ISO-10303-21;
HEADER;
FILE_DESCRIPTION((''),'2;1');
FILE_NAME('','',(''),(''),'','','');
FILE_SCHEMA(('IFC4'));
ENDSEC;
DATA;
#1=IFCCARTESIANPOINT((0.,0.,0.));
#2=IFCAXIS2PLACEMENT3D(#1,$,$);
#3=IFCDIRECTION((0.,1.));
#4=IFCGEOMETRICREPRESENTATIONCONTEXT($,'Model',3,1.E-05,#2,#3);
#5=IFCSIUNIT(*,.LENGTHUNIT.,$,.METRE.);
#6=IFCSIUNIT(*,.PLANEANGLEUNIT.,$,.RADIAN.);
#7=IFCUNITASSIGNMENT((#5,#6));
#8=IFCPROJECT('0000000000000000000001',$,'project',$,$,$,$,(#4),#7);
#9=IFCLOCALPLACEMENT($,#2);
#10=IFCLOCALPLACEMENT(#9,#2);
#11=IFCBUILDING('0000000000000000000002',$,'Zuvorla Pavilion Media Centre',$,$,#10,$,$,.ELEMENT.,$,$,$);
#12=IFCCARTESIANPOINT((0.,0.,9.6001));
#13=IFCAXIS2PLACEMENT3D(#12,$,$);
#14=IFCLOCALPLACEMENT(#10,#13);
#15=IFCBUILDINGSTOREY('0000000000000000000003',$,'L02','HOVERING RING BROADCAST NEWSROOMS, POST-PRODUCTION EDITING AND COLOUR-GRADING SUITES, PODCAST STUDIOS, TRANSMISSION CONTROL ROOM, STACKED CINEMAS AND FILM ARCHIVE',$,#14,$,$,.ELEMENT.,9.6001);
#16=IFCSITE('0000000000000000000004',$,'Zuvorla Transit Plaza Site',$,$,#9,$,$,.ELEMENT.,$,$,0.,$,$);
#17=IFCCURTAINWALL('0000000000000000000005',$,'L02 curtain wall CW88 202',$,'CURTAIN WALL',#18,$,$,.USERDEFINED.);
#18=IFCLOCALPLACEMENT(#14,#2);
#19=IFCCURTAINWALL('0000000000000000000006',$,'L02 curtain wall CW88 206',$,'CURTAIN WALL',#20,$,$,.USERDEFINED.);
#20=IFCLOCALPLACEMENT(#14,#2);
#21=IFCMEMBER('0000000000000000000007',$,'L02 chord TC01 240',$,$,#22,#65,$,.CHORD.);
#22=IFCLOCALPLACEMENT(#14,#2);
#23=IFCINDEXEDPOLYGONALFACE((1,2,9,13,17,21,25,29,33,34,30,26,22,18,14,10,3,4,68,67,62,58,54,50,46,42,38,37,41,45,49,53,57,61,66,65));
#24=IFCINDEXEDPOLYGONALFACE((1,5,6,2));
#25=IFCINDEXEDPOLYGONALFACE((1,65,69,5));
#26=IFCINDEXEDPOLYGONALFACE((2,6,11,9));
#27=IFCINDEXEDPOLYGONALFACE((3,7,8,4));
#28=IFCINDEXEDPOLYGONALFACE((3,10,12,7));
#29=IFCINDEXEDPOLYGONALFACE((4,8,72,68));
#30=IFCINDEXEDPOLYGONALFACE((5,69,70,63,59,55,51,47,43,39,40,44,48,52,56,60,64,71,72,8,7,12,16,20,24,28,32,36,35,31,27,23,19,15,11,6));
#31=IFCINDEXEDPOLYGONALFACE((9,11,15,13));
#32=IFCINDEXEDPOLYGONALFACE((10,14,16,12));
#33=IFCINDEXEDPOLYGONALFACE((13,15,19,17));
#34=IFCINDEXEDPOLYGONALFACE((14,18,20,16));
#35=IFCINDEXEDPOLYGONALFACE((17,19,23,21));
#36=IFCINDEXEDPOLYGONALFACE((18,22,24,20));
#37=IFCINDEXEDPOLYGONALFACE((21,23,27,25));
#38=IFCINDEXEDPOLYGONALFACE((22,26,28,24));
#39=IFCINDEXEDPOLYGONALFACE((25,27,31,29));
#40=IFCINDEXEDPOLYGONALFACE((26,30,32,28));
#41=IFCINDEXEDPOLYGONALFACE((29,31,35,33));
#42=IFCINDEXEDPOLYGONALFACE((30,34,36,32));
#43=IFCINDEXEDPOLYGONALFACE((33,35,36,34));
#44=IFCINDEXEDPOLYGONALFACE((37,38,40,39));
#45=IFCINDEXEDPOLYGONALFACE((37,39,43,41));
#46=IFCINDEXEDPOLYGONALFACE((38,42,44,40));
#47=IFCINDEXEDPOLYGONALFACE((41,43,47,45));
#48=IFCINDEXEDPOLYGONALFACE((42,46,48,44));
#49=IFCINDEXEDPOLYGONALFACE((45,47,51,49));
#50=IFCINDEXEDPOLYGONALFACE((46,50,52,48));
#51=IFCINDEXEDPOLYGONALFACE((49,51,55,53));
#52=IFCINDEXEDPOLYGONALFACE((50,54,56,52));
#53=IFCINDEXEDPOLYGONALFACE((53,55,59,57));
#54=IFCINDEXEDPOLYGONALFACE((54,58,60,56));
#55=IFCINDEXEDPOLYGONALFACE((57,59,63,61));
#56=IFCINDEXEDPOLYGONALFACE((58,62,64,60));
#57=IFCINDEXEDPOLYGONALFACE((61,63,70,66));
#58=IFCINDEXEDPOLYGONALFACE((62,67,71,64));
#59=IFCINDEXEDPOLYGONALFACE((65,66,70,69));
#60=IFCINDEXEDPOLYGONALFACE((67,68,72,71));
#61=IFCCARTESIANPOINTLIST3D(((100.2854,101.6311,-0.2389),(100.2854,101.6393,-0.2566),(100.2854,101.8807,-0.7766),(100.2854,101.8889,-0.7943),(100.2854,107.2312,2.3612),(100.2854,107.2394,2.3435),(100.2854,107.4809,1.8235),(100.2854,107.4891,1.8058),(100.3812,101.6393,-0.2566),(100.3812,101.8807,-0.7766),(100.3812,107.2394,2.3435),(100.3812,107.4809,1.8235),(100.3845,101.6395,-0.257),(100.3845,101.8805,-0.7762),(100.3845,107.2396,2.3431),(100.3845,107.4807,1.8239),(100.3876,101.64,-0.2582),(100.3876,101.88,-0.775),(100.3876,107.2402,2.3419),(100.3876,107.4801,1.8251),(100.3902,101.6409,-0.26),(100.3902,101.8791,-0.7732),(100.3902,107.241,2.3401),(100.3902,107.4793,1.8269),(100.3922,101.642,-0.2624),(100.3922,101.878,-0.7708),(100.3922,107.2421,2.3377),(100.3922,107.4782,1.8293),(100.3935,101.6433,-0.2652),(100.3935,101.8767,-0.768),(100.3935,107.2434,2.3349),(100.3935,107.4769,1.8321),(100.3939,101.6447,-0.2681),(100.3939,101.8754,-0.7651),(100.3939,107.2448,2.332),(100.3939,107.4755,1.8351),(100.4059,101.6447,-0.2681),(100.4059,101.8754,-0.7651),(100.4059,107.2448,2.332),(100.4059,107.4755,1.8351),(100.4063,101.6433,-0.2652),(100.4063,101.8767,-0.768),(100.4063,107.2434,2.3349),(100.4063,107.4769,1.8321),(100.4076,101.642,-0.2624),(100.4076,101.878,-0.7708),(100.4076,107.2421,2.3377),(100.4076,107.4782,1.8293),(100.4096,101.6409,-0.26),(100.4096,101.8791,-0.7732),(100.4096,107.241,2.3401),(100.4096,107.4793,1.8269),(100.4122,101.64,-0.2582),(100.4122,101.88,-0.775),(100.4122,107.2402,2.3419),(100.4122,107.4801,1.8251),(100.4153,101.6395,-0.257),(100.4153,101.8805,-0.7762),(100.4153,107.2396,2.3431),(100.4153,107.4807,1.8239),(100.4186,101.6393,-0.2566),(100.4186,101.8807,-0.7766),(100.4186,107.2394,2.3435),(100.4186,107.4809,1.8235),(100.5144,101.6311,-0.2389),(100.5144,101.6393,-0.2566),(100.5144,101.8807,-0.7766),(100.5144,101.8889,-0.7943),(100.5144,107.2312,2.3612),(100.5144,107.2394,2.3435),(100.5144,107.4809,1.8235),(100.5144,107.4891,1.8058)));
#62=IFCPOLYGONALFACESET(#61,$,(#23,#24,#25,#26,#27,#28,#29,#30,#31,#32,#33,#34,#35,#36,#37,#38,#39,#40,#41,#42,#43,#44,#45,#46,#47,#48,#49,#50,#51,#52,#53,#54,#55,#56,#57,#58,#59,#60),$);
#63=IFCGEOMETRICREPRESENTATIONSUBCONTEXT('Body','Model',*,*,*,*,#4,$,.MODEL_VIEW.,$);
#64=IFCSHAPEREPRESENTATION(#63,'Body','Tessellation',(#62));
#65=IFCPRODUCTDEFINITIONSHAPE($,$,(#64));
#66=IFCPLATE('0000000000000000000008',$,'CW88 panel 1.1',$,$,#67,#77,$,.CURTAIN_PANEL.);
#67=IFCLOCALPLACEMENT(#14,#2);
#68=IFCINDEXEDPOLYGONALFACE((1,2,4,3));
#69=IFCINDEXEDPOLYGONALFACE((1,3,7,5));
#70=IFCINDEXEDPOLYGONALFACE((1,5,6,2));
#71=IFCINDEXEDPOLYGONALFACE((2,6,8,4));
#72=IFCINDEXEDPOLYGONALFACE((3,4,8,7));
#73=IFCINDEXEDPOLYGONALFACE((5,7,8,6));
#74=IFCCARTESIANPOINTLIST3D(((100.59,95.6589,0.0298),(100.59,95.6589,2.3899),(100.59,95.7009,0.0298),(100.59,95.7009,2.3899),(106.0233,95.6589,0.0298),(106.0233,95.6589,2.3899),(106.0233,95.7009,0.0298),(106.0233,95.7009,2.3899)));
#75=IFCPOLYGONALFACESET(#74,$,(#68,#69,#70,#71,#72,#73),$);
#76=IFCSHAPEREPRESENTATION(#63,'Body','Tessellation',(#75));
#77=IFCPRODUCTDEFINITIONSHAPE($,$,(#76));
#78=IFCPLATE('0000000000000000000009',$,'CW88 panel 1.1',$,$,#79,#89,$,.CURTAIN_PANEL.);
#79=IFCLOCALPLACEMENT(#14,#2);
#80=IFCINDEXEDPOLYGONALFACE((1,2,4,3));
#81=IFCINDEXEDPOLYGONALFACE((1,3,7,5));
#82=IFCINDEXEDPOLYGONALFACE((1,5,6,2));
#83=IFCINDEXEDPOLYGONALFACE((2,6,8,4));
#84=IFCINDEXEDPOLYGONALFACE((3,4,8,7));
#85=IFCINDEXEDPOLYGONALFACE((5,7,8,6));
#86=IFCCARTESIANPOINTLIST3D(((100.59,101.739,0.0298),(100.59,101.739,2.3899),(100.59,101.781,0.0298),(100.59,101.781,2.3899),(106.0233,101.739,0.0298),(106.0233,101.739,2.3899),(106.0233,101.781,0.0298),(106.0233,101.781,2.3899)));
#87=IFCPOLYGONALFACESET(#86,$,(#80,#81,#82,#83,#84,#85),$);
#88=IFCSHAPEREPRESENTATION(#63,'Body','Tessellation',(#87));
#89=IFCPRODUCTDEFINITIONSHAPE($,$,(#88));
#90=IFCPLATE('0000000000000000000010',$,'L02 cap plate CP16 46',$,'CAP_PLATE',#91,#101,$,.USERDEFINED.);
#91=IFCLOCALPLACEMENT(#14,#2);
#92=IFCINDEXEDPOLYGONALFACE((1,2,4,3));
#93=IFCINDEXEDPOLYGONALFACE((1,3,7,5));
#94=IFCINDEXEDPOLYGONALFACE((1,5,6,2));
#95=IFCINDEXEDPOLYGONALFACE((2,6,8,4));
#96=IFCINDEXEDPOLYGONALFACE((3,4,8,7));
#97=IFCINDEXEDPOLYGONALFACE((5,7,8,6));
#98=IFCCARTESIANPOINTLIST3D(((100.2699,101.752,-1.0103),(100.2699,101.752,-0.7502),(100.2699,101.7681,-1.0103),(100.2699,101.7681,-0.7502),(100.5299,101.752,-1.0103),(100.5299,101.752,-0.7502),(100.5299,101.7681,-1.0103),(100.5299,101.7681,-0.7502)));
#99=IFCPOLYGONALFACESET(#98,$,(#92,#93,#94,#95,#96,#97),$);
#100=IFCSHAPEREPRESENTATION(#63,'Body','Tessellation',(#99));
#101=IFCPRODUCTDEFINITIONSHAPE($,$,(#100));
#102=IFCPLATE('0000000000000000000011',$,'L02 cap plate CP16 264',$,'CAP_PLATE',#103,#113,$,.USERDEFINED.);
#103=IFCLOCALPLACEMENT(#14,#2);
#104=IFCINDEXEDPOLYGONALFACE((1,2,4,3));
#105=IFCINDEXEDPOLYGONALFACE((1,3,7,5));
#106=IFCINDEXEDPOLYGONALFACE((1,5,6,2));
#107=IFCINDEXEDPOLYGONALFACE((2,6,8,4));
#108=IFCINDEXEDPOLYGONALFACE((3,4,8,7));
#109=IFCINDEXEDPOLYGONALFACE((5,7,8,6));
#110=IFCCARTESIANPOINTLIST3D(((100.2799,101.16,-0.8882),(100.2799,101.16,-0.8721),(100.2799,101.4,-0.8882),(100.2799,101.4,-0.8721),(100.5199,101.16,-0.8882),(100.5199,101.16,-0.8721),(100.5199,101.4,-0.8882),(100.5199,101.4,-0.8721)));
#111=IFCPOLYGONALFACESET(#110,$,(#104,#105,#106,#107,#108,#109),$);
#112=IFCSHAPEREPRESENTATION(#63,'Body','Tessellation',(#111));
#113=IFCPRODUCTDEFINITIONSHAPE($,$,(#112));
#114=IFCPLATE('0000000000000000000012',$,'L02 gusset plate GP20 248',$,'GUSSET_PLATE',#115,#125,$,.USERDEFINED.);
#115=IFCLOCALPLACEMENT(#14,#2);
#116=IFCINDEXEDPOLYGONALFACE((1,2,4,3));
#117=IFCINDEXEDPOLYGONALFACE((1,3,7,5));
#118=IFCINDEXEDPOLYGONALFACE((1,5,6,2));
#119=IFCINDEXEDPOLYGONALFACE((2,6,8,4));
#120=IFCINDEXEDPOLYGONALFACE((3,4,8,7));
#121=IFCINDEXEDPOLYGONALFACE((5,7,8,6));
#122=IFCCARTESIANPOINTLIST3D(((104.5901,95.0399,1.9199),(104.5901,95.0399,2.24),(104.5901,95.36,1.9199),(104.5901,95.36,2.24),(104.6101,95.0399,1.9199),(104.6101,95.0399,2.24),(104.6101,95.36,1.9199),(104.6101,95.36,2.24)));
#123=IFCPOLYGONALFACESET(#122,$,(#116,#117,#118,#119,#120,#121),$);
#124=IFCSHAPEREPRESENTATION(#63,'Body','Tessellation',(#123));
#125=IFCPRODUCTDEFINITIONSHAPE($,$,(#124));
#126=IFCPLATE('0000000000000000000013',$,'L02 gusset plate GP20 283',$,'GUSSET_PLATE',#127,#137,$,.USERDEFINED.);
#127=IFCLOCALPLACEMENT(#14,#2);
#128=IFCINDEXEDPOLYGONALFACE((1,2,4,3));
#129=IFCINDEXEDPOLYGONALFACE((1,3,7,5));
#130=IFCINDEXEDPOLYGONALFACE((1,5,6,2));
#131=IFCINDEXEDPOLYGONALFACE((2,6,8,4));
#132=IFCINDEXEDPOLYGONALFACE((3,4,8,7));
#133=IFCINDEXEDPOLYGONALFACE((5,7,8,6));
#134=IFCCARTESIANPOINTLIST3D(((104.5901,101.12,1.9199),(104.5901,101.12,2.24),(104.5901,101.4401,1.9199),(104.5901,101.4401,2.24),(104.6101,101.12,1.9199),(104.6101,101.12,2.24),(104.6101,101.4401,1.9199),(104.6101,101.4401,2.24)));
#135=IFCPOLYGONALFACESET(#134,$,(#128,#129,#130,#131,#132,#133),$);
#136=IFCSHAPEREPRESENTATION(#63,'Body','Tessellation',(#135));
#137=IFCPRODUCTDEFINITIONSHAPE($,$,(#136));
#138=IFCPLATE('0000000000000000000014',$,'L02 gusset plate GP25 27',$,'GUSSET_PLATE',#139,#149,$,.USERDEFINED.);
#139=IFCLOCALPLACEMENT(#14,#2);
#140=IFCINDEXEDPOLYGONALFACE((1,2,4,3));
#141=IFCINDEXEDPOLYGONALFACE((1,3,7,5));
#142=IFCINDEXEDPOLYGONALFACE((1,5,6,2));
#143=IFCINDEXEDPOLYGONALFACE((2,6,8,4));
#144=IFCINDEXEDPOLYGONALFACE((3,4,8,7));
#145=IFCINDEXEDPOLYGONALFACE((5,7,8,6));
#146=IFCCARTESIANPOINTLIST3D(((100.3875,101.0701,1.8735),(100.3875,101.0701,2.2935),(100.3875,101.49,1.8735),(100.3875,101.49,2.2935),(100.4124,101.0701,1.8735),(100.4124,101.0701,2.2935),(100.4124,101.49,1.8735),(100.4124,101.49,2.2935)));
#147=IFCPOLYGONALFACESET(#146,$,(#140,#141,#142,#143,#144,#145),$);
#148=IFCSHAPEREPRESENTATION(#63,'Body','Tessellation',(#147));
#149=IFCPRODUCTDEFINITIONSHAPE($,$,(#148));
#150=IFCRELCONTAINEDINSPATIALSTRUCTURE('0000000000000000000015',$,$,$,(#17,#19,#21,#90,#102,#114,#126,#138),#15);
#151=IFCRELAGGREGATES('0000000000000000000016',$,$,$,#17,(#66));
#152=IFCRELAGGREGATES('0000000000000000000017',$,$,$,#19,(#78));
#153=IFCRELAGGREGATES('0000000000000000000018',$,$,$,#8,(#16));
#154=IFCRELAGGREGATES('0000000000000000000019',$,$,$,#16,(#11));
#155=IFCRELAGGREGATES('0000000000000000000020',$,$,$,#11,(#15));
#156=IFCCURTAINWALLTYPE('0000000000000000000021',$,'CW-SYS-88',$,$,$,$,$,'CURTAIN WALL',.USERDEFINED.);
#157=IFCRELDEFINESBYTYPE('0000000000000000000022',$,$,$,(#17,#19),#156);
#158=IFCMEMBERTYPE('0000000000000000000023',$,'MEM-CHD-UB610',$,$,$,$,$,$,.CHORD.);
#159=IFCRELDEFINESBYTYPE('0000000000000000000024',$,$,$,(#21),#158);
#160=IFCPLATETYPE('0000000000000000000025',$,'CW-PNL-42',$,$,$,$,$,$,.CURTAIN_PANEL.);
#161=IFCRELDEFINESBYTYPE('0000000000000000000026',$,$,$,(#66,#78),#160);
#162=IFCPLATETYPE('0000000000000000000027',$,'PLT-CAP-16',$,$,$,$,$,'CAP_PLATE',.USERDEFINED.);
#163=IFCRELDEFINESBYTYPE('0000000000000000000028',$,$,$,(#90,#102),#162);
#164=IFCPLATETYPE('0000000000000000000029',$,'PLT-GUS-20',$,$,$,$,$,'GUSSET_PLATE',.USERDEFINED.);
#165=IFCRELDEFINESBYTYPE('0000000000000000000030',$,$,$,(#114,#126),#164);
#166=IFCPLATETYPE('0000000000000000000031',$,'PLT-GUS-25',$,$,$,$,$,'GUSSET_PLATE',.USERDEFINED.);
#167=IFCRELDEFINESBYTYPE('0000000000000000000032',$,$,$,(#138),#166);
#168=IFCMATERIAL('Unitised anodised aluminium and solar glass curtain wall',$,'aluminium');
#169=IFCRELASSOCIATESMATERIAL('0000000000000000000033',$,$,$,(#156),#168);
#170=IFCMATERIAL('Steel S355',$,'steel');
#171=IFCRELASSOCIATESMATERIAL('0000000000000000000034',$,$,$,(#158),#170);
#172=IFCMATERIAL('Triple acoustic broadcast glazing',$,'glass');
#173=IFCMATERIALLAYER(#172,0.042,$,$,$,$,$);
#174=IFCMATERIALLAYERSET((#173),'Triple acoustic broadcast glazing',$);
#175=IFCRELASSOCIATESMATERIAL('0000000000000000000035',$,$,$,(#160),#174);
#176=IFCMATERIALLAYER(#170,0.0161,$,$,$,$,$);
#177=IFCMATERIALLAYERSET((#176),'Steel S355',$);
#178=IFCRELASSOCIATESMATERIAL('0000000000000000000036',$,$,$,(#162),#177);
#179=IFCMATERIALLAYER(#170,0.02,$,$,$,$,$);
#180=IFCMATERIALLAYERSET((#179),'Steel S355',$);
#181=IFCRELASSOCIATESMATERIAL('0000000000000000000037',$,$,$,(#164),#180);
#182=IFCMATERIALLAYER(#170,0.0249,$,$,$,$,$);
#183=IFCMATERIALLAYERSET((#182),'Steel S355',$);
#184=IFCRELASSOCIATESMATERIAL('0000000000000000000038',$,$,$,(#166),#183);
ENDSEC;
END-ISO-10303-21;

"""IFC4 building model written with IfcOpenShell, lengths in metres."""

from ifc_helpers import new_model, si_unit, direction, frame, origin, origin_2d, place, context, subcontext, project, spatial, rectangle, i_section, extrude, material, layer, layer_set, material_profile, profile_set, type_object, element, aggregate, save


model = new_model("IFC4")

# Units and contexts
model_context = context("Model", 3, precision=1e-05, world=origin(), true_north=direction((0.0, 1.0)))
body_context = subcontext(model_context, "Body", "Model", "MODEL_VIEW")
ifc_project = project(units=[si_unit("LENGTHUNIT", "METRE"), si_unit("PLANEANGLEUNIT", "RADIAN")], contexts=[model_context])

# Site, building, storey
site_placement = place(None, origin())
site = spatial("IfcSite", under=ifc_project, at=site_placement, Name="Zuvorla Transit Plaza Site", CompositionType="ELEMENT", RefElevation=0.0)
building_placement = place(site_placement, origin())
building = spatial("IfcBuilding", under=site, at=building_placement, Name="Zuvorla Pavilion Media Centre", CompositionType="ELEMENT")
storey_placement = place(building_placement, frame((0.0, 0.0, 9.6001)))
storey = spatial("IfcBuildingStorey", under=building, at=storey_placement, Name="L02", Description="HOVERING RING BROADCAST NEWSROOMS, POST-PRODUCTION EDITING AND COLOUR-GRADING SUITES, PODCAST STUDIOS, TRANSMISSION CONTROL ROOM, STACKED CINEMAS AND FILM ARCHIVE", CompositionType="ELEMENT", Elevation=9.6001)

# Shared definitions
ifc_material_1 = material(Name="Steel S355", Category="steel")

# Curtain walls
ifc_material_2 = material(Name="Unitised anodised aluminium and solar glass curtain wall", Category="aluminium")
curtain_wall_type = type_object("IfcCurtainWallType", Name="CW-SYS-88", ElementType="CURTAIN WALL", PredefinedType="USERDEFINED", material=ifc_material_2)
curtain_wall_1_placement = place(storey_placement, origin())
curtain_wall_1 = element("IfcCurtainWall", 1, at=curtain_wall_1_placement, inside=storey, type_object=curtain_wall_type, Name="L02 curtain wall CW88 202", ObjectType="CURTAIN WALL", PredefinedType="USERDEFINED")
curtain_wall_2_placement = place(storey_placement, origin())
curtain_wall_2 = element("IfcCurtainWall", 2, at=curtain_wall_2_placement, inside=storey, type_object=curtain_wall_type, Name="L02 curtain wall CW88 206", ObjectType="CURTAIN WALL", PredefinedType="USERDEFINED")

# Member
ifc_material_profile_1 = material_profile(ifc_material_1, i_section(OverallWidth=0.229, OverallDepth=0.6123, WebThickness=0.012, FlangeThickness=0.0195, FilletRadius=0.0127, at=origin_2d()), Name="UB 610x229x125")
ifc_profile_set_1 = profile_set([ifc_material_profile_1], Name="Steel S355")
member_type_1 = type_object("IfcMemberType", Name="MEM-CHD-UB610", PredefinedType="CHORD", material=ifc_profile_set_1)
member_1_placement = place(storey_placement, frame((100.3999, 101.76, -0.5166), z_axis=(0.0, 0.907006, 0.421118), x_axis=(-1.0, 0.0, 0.0)))
element("IfcMember", 3, at=member_1_placement, inside=storey, type_object=member_type_1, Name="L02 chord TC01 240", PredefinedType="CHORD", context=body_context, shape_type="SweptSolid", body=[
    extrude(i_section(OverallWidth=0.229, OverallDepth=0.6123, WebThickness=0.012, FlangeThickness=0.0195, FilletRadius=0.0127, at=origin_2d()), origin(), (0.0, 0.0, 1.0), 6.1743),
])

# Plates
ifc_material_3 = material(Name="Triple acoustic broadcast glazing", Category="glass")
ifc_layer_1 = layer(ifc_material_3, 0.042)
ifc_layer_set_1 = layer_set([ifc_layer_1], Name="Triple acoustic broadcast glazing")
plate_type_1 = type_object("IfcPlateType", Name="CW-PNL-42", PredefinedType="CURTAIN_PANEL", material=ifc_layer_set_1)
plate_1_placement = place(storey_placement, frame((103.3066, 95.6799, 0.0298), z_axis=(0.0, 0.0, 1.0), x_axis=(1.0, 0.0, 0.0)))
plate_1 = element("IfcPlate", 4, at=plate_1_placement, type_object=plate_type_1, Name="CW88 panel 1.1", PredefinedType="CURTAIN_PANEL", context=body_context, shape_type="SweptSolid", body=[
    extrude(rectangle(XDim=5.4333, YDim=0.042, at=origin_2d()), origin(), (0.0, 0.0, 1.0), 2.3601),
])
aggregate(curtain_wall_1, [plate_1])
plate_2_placement = place(storey_placement, frame((103.3066, 101.76, 0.0298), z_axis=(0.0, 0.0, 1.0), x_axis=(1.0, 0.0, 0.0)))
plate_2 = element("IfcPlate", 5, at=plate_2_placement, type_object=plate_type_1, Name="CW88 panel 1.1", PredefinedType="CURTAIN_PANEL", context=body_context, shape_type="SweptSolid", body=[
    extrude(rectangle(XDim=5.4333, YDim=0.042, at=origin_2d()), origin(), (0.0, 0.0, 1.0), 2.3601),
])
aggregate(curtain_wall_2, [plate_2])

# Plates
ifc_layer_2 = layer(ifc_material_1, 0.0161)
ifc_layer_set_2 = layer_set([ifc_layer_2], Name="Steel S355")
plate_type_2 = type_object("IfcPlateType", Name="PLT-CAP-16", ElementType="CAP_PLATE", PredefinedType="USERDEFINED", material=ifc_layer_set_2)
plate_3_placement = place(storey_placement, frame((100.3999, 101.76, -1.0103), z_axis=(0.0, 0.0, 1.0), x_axis=(1.0, 0.0, 0.0)))
element("IfcPlate", 6, at=plate_3_placement, inside=storey, type_object=plate_type_2, Name="L02 cap plate CP16 46", ObjectType="CAP_PLATE", PredefinedType="USERDEFINED", context=body_context, shape_type="SweptSolid", body=[
    extrude(rectangle(XDim=0.26, YDim=0.0161, at=origin_2d()), origin(), (0.0, 0.0, 1.0), 0.26),
])
plate_4_placement = place(storey_placement, frame((100.3999, 101.28, -0.8882), z_axis=(0.0, 0.0, 1.0), x_axis=(1.0, 0.0, 0.0)))
element("IfcPlate", 7, at=plate_4_placement, inside=storey, type_object=plate_type_2, Name="L02 cap plate CP16 264", ObjectType="CAP_PLATE", PredefinedType="USERDEFINED", context=body_context, shape_type="SweptSolid", body=[
    extrude(rectangle(XDim=0.24, YDim=0.24, at=origin_2d()), origin(), (0.0, 0.0, 1.0), 0.0161),
])
ifc_layer_3 = layer(ifc_material_1, 0.02)
ifc_layer_set_3 = layer_set([ifc_layer_3], Name="Steel S355")
plate_type_3 = type_object("IfcPlateType", Name="PLT-GUS-20", ElementType="GUSSET_PLATE", PredefinedType="USERDEFINED", material=ifc_layer_set_3)
for number, where, z_axis, x_axis, name in (
    (8, (104.6001, 95.2, 1.9199), (0.0, 0.0, 1.0), (1.0, 0.0, 0.0), "L02 gusset plate GP20 248"),
    (9, (104.6001, 101.28, 1.9199), (0.0, 0.0, 1.0), (1.0, 0.0, 0.0), "L02 gusset plate GP20 283"),
):
    element("IfcPlate", number, at=place(storey_placement, frame(where, z_axis=z_axis, x_axis=x_axis)), inside=storey, type_object=plate_type_3, Name=name, ObjectType="GUSSET_PLATE", PredefinedType="USERDEFINED", context=body_context, shape_type="SweptSolid", body=[
        extrude(rectangle(XDim=0.02, YDim=0.3201, at=origin_2d()), origin(), (0.0, 0.0, 1.0), 0.3201),
    ])
ifc_layer_4 = layer(ifc_material_1, 0.0249)
ifc_layer_set_4 = layer_set([ifc_layer_4], Name="Steel S355")
plate_type_4 = type_object("IfcPlateType", Name="PLT-GUS-25", ElementType="GUSSET_PLATE", PredefinedType="USERDEFINED", material=ifc_layer_set_4)
plate_5_placement = place(storey_placement, frame((100.3999, 101.28, 1.8735), z_axis=(0.0, 0.0, 1.0), x_axis=(1.0, 0.0, 0.0)))
element("IfcPlate", 10, at=plate_5_placement, inside=storey, type_object=plate_type_4, Name="L02 gusset plate GP25 27", ObjectType="GUSSET_PLATE", PredefinedType="USERDEFINED", context=body_context, shape_type="SweptSolid", body=[
    extrude(rectangle(XDim=0.0249, YDim=0.4199, at=origin_2d()), origin(), (0.0, 0.0, 1.0), 0.4199),
])

save(model, "model.ifc")
